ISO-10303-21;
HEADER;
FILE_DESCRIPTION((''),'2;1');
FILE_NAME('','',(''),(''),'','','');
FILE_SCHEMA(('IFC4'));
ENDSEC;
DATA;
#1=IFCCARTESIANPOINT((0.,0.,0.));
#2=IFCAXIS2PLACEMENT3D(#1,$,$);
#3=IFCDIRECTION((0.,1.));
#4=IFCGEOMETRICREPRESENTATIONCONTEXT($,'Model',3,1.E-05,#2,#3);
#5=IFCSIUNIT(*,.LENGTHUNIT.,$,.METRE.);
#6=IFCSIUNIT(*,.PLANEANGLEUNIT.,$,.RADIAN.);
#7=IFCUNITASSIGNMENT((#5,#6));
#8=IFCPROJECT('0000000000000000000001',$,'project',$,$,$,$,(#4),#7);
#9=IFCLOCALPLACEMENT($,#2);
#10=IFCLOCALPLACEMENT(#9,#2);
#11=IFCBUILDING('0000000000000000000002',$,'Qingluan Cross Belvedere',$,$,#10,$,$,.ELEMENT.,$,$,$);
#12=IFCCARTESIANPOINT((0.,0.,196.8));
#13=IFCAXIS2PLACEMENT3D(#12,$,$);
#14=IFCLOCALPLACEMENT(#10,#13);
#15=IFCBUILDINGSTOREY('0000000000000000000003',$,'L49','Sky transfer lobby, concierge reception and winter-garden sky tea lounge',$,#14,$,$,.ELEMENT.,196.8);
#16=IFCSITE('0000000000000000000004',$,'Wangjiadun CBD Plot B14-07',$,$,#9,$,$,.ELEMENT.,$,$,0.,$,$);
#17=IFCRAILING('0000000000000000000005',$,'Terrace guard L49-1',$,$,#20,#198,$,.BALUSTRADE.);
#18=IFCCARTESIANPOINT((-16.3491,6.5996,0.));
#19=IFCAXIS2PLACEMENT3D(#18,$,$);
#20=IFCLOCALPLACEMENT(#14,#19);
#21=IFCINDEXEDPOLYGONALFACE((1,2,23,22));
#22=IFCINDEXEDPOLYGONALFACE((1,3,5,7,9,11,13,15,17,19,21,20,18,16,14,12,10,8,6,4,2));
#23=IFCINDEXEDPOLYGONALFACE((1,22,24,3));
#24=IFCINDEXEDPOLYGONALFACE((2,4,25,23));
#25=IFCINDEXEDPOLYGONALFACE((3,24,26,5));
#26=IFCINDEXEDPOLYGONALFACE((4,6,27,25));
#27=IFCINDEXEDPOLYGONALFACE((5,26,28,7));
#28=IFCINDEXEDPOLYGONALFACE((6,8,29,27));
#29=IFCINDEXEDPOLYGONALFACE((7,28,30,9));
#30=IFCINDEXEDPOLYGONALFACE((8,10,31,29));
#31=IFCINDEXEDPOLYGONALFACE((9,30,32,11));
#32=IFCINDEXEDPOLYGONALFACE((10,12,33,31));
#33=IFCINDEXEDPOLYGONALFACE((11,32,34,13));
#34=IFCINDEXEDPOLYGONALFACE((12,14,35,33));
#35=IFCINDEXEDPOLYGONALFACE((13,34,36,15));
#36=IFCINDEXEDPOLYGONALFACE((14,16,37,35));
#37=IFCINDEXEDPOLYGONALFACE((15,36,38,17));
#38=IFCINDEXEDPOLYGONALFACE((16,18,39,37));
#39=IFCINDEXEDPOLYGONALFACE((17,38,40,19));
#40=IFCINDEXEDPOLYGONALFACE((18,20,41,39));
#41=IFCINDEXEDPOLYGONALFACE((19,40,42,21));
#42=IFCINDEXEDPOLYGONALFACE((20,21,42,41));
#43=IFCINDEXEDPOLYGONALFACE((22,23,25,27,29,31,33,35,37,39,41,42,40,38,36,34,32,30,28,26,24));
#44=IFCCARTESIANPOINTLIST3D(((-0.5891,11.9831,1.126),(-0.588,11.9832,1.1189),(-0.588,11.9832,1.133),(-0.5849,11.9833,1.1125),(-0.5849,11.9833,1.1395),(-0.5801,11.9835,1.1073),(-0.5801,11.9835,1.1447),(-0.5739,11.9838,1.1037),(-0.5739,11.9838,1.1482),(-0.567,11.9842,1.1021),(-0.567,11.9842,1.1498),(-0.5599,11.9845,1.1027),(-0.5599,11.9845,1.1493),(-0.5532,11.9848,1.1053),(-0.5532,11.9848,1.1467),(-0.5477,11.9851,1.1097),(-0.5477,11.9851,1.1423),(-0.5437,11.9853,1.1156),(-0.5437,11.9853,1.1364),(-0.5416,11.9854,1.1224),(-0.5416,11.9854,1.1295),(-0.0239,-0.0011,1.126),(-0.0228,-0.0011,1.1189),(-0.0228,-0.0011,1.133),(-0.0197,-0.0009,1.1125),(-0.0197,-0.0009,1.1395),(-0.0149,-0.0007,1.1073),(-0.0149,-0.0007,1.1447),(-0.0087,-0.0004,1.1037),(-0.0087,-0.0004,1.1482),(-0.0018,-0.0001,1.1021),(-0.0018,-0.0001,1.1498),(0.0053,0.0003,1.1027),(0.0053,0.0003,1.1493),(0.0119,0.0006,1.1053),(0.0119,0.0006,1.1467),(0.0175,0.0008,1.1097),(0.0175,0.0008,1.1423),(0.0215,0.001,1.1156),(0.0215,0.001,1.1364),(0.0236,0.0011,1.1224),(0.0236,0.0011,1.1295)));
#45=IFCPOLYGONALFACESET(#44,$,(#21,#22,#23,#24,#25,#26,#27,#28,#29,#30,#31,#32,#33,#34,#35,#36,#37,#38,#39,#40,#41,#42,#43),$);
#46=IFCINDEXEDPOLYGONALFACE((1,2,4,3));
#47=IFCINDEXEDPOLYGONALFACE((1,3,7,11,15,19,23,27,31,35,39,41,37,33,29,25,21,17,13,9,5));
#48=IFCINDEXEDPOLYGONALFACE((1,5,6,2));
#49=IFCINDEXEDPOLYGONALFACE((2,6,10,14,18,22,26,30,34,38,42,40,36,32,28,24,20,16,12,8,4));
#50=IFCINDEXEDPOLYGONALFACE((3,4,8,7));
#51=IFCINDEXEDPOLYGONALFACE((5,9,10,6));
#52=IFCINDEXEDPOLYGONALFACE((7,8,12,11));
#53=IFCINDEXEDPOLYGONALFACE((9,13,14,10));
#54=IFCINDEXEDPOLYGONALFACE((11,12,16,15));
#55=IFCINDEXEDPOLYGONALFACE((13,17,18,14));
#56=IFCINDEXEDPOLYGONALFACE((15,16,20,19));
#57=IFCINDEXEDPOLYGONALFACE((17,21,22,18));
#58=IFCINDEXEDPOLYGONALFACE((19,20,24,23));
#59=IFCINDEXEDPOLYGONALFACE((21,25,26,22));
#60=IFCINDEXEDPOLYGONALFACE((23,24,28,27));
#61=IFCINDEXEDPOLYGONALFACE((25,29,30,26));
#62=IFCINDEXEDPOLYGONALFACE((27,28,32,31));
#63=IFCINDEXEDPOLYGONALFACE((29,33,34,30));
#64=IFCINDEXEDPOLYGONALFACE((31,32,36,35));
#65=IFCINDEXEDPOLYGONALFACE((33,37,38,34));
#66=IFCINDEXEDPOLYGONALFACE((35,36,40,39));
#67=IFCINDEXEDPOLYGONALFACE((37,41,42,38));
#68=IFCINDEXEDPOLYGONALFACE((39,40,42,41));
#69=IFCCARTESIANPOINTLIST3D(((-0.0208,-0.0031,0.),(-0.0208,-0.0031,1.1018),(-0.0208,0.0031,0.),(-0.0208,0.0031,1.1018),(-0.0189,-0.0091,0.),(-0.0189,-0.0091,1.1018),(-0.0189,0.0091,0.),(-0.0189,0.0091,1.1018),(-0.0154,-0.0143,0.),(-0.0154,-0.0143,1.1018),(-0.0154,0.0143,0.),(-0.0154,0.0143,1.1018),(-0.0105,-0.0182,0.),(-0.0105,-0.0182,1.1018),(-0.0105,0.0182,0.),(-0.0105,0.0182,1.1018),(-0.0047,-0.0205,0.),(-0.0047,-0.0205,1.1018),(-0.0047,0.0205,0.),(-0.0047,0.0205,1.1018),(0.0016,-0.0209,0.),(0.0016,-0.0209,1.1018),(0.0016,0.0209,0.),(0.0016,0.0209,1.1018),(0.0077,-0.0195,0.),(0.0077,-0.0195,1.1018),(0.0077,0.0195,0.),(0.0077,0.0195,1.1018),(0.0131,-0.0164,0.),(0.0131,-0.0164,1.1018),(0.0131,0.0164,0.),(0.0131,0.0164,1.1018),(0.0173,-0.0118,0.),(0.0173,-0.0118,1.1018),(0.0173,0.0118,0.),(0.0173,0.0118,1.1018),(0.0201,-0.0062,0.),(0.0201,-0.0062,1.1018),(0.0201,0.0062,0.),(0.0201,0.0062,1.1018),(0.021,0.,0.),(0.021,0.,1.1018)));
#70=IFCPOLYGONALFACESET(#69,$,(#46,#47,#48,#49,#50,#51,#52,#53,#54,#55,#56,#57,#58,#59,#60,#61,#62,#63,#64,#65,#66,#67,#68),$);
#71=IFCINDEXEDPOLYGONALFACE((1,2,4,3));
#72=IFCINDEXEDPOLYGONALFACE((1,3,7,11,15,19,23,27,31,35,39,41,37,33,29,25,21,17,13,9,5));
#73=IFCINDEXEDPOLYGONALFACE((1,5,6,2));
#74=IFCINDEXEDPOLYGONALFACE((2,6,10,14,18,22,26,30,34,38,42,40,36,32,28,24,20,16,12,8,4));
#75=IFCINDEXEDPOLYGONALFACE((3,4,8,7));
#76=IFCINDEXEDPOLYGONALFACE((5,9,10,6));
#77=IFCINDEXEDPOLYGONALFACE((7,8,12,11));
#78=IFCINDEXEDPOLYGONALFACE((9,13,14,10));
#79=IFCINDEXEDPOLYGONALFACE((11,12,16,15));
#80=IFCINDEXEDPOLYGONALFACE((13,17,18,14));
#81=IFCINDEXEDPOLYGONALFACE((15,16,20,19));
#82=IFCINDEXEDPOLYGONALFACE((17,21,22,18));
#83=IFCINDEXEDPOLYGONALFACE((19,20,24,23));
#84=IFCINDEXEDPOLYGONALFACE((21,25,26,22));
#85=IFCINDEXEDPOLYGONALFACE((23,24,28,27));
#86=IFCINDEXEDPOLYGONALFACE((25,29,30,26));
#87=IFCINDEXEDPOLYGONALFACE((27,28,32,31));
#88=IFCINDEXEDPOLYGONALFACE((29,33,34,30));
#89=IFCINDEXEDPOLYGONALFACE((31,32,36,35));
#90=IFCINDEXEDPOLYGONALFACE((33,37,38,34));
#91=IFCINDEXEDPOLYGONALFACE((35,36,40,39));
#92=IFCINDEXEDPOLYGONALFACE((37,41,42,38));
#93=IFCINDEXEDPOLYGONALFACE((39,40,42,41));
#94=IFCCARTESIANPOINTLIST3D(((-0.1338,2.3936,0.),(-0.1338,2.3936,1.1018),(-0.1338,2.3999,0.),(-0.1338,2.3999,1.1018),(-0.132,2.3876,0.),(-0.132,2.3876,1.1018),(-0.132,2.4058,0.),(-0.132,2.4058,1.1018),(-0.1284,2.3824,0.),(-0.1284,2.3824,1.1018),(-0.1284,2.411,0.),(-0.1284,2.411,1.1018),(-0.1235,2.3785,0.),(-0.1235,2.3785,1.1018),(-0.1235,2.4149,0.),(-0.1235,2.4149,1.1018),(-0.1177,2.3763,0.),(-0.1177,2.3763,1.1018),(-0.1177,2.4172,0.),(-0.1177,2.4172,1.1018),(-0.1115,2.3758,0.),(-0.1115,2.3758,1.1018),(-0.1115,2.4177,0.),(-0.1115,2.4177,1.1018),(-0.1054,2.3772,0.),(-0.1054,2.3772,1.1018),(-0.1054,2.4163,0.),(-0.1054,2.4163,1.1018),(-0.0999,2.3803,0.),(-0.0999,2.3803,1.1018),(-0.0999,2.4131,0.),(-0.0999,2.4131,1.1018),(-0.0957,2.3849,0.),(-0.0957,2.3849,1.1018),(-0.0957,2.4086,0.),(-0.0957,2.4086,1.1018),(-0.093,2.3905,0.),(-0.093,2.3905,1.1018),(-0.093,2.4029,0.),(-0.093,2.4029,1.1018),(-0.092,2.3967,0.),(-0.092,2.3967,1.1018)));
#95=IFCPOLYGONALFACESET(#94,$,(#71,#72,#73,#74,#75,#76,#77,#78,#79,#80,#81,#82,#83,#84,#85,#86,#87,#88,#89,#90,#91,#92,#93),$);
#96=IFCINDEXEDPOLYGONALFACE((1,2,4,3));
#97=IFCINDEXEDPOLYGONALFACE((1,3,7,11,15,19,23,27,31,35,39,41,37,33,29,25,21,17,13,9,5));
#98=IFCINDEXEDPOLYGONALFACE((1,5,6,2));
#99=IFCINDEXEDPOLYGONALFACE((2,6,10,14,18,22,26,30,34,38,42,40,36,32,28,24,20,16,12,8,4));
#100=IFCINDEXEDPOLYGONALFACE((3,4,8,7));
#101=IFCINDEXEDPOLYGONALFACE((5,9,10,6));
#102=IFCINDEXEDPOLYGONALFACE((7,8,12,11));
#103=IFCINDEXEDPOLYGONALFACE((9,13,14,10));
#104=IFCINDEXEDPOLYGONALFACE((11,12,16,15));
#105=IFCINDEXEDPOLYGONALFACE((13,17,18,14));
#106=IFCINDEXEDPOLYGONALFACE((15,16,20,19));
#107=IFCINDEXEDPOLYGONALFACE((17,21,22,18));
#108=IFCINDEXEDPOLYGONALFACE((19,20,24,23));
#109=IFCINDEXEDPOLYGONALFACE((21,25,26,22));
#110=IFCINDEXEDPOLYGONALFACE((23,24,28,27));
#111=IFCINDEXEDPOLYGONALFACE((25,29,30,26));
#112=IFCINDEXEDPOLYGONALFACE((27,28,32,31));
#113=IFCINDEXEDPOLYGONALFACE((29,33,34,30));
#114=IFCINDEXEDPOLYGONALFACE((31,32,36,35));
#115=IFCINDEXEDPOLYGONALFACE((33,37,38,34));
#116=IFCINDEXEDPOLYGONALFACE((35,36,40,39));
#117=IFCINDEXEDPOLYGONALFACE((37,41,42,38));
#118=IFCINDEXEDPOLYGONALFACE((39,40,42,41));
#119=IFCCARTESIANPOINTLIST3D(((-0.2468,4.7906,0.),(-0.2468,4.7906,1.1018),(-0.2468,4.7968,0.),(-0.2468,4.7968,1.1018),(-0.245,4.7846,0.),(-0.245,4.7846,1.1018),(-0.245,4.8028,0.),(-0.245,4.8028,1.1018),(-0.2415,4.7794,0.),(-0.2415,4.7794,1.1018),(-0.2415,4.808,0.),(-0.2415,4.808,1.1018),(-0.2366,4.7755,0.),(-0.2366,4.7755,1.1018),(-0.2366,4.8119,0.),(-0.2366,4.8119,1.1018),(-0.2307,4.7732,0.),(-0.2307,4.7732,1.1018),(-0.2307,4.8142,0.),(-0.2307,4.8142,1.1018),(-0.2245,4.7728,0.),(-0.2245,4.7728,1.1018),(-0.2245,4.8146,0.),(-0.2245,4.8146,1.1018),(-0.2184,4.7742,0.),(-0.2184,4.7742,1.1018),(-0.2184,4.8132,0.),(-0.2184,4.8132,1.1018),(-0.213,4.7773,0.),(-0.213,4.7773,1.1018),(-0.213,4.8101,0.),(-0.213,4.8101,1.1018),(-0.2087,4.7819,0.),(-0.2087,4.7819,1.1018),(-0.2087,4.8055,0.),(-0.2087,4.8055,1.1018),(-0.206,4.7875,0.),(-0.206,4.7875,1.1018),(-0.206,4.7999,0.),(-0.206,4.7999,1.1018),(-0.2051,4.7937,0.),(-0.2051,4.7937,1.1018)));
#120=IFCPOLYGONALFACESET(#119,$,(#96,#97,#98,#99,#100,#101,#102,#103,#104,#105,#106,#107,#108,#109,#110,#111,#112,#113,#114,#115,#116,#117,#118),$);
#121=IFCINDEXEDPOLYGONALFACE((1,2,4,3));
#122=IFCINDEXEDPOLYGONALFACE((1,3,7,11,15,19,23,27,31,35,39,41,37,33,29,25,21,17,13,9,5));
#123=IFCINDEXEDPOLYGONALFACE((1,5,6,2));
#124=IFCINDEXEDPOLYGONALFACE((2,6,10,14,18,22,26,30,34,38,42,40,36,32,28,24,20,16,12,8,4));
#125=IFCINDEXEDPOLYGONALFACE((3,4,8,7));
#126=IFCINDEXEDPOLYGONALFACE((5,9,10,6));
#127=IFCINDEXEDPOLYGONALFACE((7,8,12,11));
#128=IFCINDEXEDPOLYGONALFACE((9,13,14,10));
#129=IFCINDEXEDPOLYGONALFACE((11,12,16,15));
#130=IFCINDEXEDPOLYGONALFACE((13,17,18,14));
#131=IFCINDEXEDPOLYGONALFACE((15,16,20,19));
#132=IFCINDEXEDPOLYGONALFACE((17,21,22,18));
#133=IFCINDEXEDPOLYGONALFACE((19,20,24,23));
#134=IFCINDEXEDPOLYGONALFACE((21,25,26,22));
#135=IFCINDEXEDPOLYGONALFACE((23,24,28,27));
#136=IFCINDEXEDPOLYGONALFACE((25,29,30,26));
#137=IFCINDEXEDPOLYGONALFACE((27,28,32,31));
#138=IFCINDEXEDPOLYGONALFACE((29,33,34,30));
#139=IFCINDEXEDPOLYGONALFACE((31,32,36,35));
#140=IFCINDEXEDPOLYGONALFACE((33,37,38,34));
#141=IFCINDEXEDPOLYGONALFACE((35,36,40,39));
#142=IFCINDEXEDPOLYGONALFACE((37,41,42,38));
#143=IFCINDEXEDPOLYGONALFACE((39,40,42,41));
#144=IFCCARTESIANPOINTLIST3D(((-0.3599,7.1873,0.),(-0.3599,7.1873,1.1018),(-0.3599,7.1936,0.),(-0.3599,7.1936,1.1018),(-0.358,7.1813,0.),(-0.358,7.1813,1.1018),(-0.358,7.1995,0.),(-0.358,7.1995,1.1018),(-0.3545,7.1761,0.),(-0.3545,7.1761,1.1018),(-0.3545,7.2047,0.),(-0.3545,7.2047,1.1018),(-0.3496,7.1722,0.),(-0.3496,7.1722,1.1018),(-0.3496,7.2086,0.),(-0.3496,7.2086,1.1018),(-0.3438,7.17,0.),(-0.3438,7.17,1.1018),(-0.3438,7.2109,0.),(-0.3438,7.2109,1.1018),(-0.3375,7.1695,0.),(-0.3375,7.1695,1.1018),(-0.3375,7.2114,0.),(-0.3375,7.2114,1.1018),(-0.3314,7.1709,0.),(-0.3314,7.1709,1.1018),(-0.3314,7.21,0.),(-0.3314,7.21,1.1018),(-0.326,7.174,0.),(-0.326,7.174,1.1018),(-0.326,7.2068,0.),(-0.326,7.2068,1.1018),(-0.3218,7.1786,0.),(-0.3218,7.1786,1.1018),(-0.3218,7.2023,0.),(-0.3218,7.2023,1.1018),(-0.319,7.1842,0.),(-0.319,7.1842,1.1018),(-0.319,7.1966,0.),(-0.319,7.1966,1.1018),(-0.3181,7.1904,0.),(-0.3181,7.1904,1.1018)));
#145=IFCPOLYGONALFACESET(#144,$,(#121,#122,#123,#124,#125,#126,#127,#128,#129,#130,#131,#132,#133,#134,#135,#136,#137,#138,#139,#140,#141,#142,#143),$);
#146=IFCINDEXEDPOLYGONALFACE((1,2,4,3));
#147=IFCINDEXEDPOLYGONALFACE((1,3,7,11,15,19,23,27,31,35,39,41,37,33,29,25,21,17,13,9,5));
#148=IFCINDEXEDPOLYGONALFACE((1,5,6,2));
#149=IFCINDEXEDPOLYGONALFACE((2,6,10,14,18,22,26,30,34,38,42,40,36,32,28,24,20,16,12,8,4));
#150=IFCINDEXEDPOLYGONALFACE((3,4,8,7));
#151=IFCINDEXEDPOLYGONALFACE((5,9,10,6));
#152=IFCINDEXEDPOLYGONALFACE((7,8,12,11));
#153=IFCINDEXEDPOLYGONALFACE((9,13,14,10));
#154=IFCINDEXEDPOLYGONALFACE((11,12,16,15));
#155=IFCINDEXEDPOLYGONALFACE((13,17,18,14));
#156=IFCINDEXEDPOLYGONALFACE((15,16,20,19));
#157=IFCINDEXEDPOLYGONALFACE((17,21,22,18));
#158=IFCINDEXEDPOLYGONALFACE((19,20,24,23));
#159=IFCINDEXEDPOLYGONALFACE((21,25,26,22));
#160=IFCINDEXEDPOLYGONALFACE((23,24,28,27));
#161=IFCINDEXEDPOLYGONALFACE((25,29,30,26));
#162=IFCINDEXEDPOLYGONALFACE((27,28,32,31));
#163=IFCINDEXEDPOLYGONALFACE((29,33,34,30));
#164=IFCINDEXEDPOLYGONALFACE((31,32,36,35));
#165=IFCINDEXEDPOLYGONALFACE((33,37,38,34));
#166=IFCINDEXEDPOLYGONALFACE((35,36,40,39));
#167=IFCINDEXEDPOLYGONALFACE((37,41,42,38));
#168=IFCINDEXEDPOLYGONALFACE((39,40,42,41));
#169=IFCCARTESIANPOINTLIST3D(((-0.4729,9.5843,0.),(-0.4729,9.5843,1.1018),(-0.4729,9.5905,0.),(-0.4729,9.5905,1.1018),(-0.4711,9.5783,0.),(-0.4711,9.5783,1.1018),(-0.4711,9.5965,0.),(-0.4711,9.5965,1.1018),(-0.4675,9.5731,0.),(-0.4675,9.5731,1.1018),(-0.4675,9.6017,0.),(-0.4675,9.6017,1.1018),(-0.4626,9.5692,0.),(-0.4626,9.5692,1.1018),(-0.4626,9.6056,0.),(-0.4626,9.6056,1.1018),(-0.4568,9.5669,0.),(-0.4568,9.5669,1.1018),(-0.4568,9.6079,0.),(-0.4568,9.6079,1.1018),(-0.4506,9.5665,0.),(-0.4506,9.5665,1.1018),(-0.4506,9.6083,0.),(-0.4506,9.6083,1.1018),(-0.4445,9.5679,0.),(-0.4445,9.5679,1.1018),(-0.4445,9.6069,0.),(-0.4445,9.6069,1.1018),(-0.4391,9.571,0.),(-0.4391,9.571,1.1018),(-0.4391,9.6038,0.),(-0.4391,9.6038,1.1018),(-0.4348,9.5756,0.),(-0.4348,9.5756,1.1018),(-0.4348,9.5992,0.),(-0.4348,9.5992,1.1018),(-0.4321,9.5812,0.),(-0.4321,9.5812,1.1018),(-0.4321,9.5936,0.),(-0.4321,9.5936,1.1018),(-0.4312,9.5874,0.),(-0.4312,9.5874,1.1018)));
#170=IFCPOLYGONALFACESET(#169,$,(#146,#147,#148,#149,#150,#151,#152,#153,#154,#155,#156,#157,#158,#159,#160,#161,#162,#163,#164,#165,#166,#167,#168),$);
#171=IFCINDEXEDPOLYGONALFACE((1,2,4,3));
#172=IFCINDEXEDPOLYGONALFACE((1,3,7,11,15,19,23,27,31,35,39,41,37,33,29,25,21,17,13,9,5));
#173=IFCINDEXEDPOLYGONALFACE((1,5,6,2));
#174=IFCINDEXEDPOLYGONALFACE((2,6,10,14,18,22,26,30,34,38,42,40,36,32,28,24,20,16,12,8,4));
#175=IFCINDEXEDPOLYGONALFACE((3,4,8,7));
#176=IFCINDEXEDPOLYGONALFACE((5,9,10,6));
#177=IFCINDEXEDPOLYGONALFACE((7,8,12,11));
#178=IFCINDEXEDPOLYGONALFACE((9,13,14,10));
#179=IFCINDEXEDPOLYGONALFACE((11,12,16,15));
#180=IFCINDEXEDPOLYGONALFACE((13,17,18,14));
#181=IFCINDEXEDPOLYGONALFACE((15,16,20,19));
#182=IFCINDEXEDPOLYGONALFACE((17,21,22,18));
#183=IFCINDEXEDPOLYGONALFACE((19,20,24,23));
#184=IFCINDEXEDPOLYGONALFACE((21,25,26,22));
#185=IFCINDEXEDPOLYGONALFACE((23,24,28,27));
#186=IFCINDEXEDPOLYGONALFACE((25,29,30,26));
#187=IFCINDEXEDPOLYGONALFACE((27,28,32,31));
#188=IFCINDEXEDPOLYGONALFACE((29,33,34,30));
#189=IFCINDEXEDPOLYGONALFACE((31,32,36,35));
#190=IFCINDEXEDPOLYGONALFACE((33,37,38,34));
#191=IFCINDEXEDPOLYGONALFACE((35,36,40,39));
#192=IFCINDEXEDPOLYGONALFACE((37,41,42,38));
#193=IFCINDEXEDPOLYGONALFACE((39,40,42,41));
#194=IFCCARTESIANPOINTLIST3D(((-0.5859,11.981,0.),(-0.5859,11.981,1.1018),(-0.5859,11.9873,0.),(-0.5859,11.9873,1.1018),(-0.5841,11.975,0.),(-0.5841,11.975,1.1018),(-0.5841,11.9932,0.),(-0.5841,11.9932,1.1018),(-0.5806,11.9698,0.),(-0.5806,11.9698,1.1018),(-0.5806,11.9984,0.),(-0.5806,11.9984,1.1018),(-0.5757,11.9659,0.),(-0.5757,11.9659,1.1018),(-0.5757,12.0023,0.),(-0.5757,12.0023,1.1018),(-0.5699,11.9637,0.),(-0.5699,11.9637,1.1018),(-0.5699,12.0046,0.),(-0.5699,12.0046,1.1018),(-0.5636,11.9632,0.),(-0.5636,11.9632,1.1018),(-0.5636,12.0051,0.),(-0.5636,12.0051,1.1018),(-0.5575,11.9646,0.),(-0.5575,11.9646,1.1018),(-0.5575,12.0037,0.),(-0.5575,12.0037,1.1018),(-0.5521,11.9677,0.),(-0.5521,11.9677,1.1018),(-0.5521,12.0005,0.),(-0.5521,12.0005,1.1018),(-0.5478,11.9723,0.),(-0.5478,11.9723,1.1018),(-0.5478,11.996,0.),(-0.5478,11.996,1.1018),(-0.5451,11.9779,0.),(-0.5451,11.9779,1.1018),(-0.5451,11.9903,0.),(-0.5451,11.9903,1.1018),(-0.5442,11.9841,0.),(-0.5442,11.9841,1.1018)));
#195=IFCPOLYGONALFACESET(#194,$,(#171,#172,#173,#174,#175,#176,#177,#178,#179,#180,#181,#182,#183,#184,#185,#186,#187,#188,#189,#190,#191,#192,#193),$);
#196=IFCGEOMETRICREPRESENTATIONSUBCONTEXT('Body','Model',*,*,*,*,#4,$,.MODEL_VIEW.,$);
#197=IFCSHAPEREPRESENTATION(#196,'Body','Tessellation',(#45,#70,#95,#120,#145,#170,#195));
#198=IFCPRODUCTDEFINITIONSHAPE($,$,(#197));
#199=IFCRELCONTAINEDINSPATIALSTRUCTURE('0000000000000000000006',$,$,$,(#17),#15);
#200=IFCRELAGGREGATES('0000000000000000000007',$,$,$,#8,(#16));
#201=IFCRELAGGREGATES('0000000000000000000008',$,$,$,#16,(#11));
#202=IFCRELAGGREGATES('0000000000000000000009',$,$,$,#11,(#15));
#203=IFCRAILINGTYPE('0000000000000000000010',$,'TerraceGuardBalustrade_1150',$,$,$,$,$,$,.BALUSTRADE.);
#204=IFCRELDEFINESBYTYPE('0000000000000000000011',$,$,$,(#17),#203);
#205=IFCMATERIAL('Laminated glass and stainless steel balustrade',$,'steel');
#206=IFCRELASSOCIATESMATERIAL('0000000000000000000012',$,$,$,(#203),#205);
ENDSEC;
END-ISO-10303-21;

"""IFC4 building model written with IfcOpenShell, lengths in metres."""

from ifc_helpers import new_model, si_unit, direction, frame, origin, origin_2d, place, context, subcontext, project, spatial, circle, extrude, material, type_object, element, save


model = new_model("IFC4")

# Units and contexts
model_context = context("Model", 3, precision=1e-05, world=origin(), true_north=direction((0.0, 1.0)))
body_context = subcontext(model_context, "Body", "Model", "MODEL_VIEW")
ifc_project = project(units=[si_unit("LENGTHUNIT", "METRE"), si_unit("PLANEANGLEUNIT", "RADIAN")], contexts=[model_context])

# Site, building, storey
site_placement = place(None, origin())
site = spatial("IfcSite", under=ifc_project, at=site_placement, Name="Wangjiadun CBD Plot B14-07", CompositionType="ELEMENT", RefElevation=0.0)
building_placement = place(site_placement, origin())
building = spatial("IfcBuilding", under=site, at=building_placement, Name="Qingluan Cross Belvedere", CompositionType="ELEMENT")
storey_placement = place(building_placement, frame((0.0, 0.0, 196.8)))
storey = spatial("IfcBuildingStorey", under=building, at=storey_placement, Name="L49", Description="Sky transfer lobby, concierge reception and winter-garden sky tea lounge", CompositionType="ELEMENT", Elevation=196.8)

# Railing
ifc_material_1 = material(Name="Laminated glass and stainless steel balustrade", Category="steel")
railing_type = type_object("IfcRailingType", Name="TerraceGuardBalustrade_1150", PredefinedType="BALUSTRADE", material=ifc_material_1)
railing_1_placement = place(storey_placement, frame((-16.3491, 6.5996, 0.0)))
element("IfcRailing", 1, at=railing_1_placement, inside=storey, type_object=railing_type, Name="Terrace guard L49-1", PredefinedType="BALUSTRADE", context=body_context, shape_type="SweptSolid", body=[
    extrude(circle(Radius=0.0239, at=origin_2d()), frame((0.0, 0.0, 1.126), z_axis=(-0.047109, 0.99889, 0.0), x_axis=(-0.99889, -0.047109, 0.0)), (0.0, 0.0, 1.0), 11.9976),
    extrude(circle(Radius=0.021, at=origin_2d()), origin(), (0.0, 0.0, 1.0), 1.1018),
    extrude(circle(Radius=0.021, at=origin_2d()), frame((-0.113, 2.3967, 0.0)), (0.0, 0.0, 1.0), 1.1018),
    extrude(circle(Radius=0.021, at=origin_2d()), frame((-0.2261, 4.7937, 0.0)), (0.0, 0.0, 1.0), 1.1018),
    extrude(circle(Radius=0.021, at=origin_2d()), frame((-0.3391, 7.1904, 0.0)), (0.0, 0.0, 1.0), 1.1018),
    extrude(circle(Radius=0.021, at=origin_2d()), frame((-0.4521, 9.5874, 0.0)), (0.0, 0.0, 1.0), 1.1018),
    extrude(circle(Radius=0.021, at=origin_2d()), frame((-0.5652, 11.9841, 0.0)), (0.0, 0.0, 1.0), 1.1018),
])

save(model, "model.ifc")
